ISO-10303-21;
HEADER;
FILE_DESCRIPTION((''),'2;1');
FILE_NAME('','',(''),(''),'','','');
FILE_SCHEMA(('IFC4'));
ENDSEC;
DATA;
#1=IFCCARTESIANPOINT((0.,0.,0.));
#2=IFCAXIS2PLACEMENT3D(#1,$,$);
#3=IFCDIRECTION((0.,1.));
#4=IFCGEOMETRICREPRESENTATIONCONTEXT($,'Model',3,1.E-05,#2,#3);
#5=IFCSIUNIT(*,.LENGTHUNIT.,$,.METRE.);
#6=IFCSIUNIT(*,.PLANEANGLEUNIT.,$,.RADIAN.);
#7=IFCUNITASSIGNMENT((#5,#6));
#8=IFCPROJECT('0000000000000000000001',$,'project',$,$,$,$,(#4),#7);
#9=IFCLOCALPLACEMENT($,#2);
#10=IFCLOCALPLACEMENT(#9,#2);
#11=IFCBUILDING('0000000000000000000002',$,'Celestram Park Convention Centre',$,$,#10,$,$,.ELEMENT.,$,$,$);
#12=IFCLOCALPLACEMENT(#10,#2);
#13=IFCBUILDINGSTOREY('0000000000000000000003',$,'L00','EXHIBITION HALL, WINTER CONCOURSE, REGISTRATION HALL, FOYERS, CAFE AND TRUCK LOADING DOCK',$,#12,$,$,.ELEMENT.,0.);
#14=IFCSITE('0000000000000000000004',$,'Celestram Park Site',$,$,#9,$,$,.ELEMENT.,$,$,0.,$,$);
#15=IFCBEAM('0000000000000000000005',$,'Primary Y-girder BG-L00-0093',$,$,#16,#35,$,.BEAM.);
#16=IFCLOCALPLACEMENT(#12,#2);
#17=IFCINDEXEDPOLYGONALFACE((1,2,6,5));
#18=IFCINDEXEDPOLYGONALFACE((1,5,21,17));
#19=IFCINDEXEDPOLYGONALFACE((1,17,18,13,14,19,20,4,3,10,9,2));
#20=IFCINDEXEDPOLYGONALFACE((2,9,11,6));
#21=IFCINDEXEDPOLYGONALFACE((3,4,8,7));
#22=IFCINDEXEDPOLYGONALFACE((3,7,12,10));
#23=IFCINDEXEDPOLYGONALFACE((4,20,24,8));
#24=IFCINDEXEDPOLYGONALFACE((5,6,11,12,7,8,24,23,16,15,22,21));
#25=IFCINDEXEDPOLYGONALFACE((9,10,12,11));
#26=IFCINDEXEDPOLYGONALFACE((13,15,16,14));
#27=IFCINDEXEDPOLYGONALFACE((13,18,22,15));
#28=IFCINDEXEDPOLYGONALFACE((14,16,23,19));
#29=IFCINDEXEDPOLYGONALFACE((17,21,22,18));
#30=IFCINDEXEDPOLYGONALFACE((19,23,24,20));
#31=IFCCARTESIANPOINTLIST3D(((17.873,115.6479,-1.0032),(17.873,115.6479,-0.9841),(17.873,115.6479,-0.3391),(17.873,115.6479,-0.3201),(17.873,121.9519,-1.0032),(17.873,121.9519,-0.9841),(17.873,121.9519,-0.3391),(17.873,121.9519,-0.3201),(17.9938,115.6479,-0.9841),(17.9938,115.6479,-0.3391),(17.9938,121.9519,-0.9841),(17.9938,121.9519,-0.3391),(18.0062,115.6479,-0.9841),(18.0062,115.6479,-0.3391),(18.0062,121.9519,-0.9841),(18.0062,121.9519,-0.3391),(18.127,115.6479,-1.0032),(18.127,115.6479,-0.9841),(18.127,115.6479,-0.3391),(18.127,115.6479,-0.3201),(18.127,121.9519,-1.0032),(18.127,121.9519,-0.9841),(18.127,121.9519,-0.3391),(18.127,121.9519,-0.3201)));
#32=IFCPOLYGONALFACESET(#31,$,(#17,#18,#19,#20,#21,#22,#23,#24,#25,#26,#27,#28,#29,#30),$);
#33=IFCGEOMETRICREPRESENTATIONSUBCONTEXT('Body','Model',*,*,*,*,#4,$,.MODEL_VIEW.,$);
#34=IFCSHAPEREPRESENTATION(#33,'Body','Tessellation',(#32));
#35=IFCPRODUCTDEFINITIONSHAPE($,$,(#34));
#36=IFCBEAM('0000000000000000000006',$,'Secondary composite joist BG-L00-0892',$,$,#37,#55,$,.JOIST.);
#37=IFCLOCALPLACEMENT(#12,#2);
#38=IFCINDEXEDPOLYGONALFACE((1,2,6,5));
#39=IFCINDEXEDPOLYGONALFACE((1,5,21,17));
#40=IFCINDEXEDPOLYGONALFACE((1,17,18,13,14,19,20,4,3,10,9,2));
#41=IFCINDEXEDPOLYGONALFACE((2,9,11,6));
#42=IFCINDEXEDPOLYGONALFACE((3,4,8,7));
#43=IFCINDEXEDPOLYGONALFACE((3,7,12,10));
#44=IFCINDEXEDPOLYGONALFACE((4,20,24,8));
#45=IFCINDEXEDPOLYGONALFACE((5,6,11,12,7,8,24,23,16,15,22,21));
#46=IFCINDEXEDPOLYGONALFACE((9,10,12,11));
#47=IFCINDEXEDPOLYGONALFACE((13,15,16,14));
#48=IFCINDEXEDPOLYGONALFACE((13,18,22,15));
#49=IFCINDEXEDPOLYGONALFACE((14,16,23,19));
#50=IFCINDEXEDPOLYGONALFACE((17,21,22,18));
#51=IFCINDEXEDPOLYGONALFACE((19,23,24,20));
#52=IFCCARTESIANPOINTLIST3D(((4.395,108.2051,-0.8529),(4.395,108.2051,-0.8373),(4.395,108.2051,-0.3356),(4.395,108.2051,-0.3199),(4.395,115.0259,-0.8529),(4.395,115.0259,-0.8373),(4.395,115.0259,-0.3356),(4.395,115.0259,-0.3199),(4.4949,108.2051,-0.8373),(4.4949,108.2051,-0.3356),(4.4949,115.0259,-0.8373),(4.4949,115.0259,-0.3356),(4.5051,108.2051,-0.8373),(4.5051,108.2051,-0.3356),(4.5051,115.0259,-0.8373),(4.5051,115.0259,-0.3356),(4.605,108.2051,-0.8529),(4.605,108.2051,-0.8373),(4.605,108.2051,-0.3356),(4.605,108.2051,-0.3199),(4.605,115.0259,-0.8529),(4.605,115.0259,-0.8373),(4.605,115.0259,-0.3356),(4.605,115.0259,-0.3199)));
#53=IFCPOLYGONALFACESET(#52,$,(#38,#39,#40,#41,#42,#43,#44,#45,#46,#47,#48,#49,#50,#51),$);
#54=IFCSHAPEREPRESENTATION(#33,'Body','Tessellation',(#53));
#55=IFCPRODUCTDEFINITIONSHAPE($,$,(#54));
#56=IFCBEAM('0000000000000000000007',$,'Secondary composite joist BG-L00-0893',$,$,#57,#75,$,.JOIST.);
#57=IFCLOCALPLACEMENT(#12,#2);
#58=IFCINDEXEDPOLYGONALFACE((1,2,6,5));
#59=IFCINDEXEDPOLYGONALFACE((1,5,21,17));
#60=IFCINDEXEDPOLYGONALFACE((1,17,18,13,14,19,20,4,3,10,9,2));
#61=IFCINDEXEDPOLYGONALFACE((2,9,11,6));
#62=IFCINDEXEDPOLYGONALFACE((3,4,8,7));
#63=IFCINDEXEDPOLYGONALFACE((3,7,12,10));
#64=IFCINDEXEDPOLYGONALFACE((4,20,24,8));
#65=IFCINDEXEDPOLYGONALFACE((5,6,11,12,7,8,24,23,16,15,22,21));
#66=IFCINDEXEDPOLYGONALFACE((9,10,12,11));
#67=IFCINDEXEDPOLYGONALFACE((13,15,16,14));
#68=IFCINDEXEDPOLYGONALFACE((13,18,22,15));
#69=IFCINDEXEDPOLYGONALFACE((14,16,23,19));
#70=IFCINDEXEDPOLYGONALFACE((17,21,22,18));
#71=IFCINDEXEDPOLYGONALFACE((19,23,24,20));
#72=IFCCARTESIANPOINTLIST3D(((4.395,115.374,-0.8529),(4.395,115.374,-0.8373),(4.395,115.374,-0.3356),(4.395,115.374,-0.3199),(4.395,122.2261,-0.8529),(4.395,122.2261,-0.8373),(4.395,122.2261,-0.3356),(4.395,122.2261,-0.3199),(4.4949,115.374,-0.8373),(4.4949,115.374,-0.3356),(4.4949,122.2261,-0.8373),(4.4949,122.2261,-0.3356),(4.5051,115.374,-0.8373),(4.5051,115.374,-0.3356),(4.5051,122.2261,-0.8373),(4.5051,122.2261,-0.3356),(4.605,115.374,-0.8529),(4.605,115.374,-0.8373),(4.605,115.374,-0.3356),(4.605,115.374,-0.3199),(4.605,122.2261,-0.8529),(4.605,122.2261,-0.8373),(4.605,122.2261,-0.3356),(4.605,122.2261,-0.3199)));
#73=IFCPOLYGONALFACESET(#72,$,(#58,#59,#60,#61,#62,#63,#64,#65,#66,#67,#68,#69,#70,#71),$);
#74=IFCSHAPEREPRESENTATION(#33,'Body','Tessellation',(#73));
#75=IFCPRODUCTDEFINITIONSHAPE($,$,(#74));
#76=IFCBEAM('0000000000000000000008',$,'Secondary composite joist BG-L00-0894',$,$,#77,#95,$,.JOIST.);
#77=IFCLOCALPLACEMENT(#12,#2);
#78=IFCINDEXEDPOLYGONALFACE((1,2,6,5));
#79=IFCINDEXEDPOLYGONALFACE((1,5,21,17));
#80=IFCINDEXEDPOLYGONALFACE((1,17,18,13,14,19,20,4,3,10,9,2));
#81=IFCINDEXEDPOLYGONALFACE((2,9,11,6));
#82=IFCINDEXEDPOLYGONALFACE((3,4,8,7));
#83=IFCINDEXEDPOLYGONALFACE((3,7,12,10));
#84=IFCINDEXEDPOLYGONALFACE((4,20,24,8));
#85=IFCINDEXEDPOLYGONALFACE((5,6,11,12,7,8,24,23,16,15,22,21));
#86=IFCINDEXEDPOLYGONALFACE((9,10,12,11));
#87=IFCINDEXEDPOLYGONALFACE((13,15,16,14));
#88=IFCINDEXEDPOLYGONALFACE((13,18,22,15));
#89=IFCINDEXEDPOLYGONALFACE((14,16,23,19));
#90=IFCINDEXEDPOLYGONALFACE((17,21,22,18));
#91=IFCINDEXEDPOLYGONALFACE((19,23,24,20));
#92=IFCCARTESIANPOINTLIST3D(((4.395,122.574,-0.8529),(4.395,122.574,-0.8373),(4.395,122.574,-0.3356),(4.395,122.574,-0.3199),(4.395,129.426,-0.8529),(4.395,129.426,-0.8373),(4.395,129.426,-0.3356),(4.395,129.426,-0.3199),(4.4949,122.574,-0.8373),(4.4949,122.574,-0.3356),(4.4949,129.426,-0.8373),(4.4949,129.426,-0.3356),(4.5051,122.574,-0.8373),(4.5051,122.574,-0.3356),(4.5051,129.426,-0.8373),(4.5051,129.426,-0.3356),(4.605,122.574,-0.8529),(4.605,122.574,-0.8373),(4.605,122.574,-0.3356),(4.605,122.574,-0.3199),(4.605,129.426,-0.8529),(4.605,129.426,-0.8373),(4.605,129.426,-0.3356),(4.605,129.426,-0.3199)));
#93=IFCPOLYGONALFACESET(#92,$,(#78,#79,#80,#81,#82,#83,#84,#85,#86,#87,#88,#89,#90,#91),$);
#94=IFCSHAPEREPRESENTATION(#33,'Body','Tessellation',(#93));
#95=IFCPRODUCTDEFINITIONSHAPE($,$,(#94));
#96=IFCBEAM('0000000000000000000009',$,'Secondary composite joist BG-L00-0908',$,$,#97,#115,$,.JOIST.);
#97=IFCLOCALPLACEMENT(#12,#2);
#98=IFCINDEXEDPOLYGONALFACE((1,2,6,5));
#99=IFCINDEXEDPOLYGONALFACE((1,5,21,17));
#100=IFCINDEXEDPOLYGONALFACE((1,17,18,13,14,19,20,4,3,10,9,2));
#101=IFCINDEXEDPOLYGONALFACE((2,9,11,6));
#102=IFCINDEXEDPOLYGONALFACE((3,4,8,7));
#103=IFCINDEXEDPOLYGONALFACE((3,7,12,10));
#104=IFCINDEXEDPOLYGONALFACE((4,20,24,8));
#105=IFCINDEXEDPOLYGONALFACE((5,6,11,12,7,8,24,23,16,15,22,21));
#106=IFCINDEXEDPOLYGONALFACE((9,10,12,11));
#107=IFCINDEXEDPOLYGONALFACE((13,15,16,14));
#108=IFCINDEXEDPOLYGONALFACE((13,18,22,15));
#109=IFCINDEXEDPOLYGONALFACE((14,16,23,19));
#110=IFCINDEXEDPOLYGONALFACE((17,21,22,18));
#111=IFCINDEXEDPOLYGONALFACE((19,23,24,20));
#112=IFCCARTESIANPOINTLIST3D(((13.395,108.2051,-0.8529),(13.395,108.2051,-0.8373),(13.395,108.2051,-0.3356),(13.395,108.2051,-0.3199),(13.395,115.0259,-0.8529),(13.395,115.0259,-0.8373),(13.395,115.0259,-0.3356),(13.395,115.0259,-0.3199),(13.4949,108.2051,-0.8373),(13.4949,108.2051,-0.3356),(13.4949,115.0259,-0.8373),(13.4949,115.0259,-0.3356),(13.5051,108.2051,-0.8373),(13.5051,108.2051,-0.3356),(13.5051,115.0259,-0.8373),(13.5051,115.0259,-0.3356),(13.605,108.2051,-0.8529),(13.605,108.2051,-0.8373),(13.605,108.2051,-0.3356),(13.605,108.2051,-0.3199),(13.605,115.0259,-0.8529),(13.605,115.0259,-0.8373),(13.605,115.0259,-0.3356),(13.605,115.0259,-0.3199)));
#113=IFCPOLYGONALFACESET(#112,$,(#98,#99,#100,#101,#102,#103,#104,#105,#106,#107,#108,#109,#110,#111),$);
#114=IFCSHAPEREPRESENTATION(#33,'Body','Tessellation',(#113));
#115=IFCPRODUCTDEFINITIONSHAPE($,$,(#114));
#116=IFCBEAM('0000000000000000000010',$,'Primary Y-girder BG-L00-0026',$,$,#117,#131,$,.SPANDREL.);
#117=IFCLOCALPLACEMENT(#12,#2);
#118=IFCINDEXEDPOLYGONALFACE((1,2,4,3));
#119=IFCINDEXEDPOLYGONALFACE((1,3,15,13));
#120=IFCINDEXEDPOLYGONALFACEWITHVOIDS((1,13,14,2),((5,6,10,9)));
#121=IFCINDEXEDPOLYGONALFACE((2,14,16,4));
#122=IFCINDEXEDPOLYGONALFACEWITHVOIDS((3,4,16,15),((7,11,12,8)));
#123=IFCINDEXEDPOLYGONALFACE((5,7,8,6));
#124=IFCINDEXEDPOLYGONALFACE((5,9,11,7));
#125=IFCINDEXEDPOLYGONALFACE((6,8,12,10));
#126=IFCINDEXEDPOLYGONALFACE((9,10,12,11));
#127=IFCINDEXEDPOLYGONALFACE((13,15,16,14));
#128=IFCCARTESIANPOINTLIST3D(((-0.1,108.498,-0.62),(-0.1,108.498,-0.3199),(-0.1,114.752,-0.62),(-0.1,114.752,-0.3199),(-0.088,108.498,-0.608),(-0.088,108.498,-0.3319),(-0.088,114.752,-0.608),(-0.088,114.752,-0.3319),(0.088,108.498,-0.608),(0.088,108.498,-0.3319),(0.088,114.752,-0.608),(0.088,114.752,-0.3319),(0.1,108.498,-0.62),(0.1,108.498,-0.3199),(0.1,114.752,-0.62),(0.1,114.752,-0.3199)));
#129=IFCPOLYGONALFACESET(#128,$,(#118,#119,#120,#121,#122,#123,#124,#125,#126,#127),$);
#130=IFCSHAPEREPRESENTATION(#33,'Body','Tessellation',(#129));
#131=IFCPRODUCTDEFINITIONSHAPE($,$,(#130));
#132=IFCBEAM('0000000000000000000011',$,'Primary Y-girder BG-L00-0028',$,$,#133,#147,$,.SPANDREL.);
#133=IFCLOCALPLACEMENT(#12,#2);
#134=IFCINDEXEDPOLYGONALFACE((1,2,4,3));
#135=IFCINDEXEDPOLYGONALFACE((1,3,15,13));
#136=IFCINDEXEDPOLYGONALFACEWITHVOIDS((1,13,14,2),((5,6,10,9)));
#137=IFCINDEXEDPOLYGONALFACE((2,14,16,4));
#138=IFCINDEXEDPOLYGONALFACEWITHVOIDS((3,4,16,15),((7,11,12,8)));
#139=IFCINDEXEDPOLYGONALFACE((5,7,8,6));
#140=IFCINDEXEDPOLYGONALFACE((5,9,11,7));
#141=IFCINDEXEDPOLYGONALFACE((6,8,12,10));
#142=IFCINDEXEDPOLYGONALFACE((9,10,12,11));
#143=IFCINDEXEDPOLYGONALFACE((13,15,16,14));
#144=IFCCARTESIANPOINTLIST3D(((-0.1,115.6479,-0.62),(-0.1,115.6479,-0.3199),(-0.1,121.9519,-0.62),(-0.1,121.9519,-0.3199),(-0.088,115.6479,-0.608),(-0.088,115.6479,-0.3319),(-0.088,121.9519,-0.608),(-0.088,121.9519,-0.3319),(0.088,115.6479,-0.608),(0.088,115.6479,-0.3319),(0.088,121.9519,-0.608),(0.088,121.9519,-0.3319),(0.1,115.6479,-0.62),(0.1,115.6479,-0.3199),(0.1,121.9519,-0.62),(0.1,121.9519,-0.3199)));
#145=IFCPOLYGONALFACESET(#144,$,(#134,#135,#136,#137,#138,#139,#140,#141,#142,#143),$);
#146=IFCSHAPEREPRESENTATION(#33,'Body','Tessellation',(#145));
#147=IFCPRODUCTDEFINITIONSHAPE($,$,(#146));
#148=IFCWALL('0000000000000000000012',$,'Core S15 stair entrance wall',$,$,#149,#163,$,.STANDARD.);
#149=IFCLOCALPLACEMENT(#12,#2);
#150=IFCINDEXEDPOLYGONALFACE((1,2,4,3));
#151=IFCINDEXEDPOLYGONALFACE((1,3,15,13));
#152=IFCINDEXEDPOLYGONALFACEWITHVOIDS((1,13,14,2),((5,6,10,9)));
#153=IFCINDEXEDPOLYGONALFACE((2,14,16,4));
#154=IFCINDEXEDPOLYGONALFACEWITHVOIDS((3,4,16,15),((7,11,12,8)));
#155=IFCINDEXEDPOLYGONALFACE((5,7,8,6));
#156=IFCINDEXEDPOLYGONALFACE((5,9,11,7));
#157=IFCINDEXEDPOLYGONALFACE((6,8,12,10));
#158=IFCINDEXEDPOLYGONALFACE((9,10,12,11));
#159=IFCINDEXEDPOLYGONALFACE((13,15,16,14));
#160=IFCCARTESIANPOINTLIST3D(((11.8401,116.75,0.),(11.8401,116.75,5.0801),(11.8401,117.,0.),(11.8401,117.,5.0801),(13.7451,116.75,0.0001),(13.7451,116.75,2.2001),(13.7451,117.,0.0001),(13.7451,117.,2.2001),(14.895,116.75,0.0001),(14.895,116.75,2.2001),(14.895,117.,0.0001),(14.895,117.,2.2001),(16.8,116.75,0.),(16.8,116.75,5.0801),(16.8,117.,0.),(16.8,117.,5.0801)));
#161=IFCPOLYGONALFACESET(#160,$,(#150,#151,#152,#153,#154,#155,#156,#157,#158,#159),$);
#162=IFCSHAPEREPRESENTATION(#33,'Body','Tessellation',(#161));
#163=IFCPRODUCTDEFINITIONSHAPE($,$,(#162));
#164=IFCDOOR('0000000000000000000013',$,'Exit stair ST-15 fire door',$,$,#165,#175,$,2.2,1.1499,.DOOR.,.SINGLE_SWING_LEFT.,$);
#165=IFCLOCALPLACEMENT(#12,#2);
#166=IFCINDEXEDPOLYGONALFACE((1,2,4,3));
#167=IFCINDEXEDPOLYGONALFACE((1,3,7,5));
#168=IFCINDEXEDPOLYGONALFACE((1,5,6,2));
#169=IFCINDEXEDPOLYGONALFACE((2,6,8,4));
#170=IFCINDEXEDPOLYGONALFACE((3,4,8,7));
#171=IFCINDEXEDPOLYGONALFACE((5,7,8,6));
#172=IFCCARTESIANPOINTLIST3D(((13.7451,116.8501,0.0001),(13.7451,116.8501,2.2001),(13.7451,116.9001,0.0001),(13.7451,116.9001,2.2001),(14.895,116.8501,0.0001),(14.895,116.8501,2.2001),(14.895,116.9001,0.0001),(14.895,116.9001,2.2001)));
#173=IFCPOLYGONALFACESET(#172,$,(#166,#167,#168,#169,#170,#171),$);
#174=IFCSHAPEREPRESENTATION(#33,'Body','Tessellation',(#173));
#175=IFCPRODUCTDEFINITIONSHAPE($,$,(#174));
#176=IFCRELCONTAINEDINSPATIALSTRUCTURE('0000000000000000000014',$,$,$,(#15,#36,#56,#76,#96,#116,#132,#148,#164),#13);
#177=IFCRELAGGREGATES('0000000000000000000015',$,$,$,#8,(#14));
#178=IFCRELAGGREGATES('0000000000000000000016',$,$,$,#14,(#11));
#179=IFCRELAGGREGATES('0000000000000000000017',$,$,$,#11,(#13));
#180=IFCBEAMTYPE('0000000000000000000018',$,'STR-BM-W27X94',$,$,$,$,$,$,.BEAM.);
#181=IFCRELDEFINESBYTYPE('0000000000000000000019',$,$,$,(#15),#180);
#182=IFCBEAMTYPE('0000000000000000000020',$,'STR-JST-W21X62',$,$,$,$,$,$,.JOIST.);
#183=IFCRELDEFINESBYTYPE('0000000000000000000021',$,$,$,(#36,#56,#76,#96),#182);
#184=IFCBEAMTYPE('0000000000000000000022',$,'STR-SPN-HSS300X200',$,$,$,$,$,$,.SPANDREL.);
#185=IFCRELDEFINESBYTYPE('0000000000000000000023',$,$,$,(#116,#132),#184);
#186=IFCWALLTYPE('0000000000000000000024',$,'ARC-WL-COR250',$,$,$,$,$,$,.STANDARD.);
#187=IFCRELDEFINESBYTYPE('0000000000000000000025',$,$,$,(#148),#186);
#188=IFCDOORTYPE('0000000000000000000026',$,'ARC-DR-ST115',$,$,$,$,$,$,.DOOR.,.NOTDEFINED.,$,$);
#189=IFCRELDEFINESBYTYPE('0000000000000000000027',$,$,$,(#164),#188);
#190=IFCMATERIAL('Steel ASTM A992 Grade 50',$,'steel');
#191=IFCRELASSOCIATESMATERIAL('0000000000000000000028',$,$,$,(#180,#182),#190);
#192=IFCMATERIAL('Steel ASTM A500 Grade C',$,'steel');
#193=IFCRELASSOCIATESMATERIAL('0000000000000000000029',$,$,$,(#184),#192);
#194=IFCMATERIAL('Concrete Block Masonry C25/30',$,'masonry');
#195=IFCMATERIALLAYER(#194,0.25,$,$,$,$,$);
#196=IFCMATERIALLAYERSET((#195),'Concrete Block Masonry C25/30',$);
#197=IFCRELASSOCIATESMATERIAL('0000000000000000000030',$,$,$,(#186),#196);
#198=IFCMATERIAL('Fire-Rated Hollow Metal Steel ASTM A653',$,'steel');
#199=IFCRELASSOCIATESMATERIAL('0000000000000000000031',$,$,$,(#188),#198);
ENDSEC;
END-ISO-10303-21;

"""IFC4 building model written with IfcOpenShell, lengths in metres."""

from ifc_helpers import new_model, si_unit, direction, frame, frame_2d, origin, origin_2d, place, context, subcontext, project, spatial, rectangle, hollow_rectangle, i_section, extrude, material, layer, layer_set, material_profile, profile_set, type_object, element, fill, save


model = new_model("IFC4")

# Units and contexts
model_context = context("Model", 3, precision=1e-05, world=origin(), true_north=direction((0.0, 1.0)))
body_context = subcontext(model_context, "Body", "Model", "MODEL_VIEW")
ifc_project = project(units=[si_unit("LENGTHUNIT", "METRE"), si_unit("PLANEANGLEUNIT", "RADIAN")], contexts=[model_context])

# Site, building, storey
site_placement = place(None, origin())
site = spatial("IfcSite", under=ifc_project, at=site_placement, Name="Celestram Park Site", CompositionType="ELEMENT", RefElevation=0.0)
building_placement = place(site_placement, origin())
building = spatial("IfcBuilding", under=site, at=building_placement, Name="Celestram Park Convention Centre", CompositionType="ELEMENT")
storey_placement = place(building_placement, origin())
storey = spatial("IfcBuildingStorey", under=building, at=storey_placement, Name="L00", Description="EXHIBITION HALL, WINTER CONCOURSE, REGISTRATION HALL, FOYERS, CAFE AND TRUCK LOADING DOCK", CompositionType="ELEMENT", Elevation=0.0)

# Beams
ifc_material_1 = material(Name="Steel ASTM A992 Grade 50", Category="steel")
ifc_material_profile_1 = material_profile(ifc_material_1, i_section(OverallWidth=0.2539, OverallDepth=0.6831, WebThickness=0.0125, FlangeThickness=0.019, at=origin_2d()), Name="W27X94")
ifc_profile_set_1 = profile_set([ifc_material_profile_1], Name="Steel ASTM A992 Grade 50")
beam_type_1 = type_object("IfcBeamType", Name="STR-BM-W27X94", PredefinedType="BEAM", material=ifc_profile_set_1)
beam_1_placement = place(storey_placement, frame((18.0, 115.6479, -0.6616), z_axis=(0.0, 1.0, 0.0), x_axis=(-1.0, 0.0, 0.0)))
element("IfcBeam", 1, at=beam_1_placement, inside=storey, type_object=beam_type_1, Name="Primary Y-girder BG-L00-0093", PredefinedType="BEAM", context=body_context, shape_type="SweptSolid", body=[
    extrude(i_section(OverallWidth=0.2539, OverallDepth=0.6831, WebThickness=0.0125, FlangeThickness=0.019, at=origin_2d()), origin(), (0.0, 0.0, 1.0), 6.304),
])
ifc_material_profile_2 = material_profile(ifc_material_1, i_section(OverallWidth=0.21, OverallDepth=0.533, WebThickness=0.0103, FlangeThickness=0.0156, at=origin_2d()), Name="W21X62")
ifc_profile_set_2 = profile_set([ifc_material_profile_2], Name="Steel ASTM A992 Grade 50")
beam_type_2 = type_object("IfcBeamType", Name="STR-JST-W21X62", PredefinedType="JOIST", material=ifc_profile_set_2)
beam_2_placement = place(storey_placement, frame((4.5, 108.2051, -0.5864), z_axis=(0.0, 1.0, 0.0), x_axis=(-1.0, 0.0, 0.0)))
element("IfcBeam", 2, at=beam_2_placement, inside=storey, type_object=beam_type_2, Name="Secondary composite joist BG-L00-0892", PredefinedType="JOIST", context=body_context, shape_type="SweptSolid", body=[
    extrude(i_section(OverallWidth=0.21, OverallDepth=0.533, WebThickness=0.0103, FlangeThickness=0.0156, at=origin_2d()), origin(), (0.0, 0.0, 1.0), 6.8208),
])
for number, where, z_axis, x_axis, name in (
    (3, (4.5, 115.374, -0.5864), (0.0, 1.0, 0.0), (-1.0, 0.0, 0.0), "Secondary composite joist BG-L00-0893"),
    (4, (4.5, 122.574, -0.5864), (0.0, 1.0, 0.0), (-1.0, 0.0, 0.0), "Secondary composite joist BG-L00-0894"),
):
    element("IfcBeam", number, at=place(storey_placement, frame(where, z_axis=z_axis, x_axis=x_axis)), inside=storey, type_object=beam_type_2, Name=name, PredefinedType="JOIST", context=body_context, shape_type="SweptSolid", body=[
        extrude(i_section(OverallWidth=0.21, OverallDepth=0.533, WebThickness=0.0103, FlangeThickness=0.0156, at=origin_2d()), origin(), (0.0, 0.0, 1.0), 6.8521),
    ])
beam_3_placement = place(storey_placement, frame((13.5, 108.2051, -0.5864), z_axis=(0.0, 1.0, 0.0), x_axis=(-1.0, 0.0, 0.0)))
element("IfcBeam", 5, at=beam_3_placement, inside=storey, type_object=beam_type_2, Name="Secondary composite joist BG-L00-0908", PredefinedType="JOIST", context=body_context, shape_type="SweptSolid", body=[
    extrude(i_section(OverallWidth=0.21, OverallDepth=0.533, WebThickness=0.0103, FlangeThickness=0.0156, at=origin_2d()), origin(), (0.0, 0.0, 1.0), 6.8208),
])
ifc_material_2 = material(Name="Steel ASTM A500 Grade C", Category="steel")
ifc_material_profile_3 = material_profile(ifc_material_2, hollow_rectangle(XDim=0.2, YDim=0.3, WallThickness=0.012, at=origin_2d()), Name="HSS300X200X12")
ifc_profile_set_3 = profile_set([ifc_material_profile_3], Name="Steel ASTM A500 Grade C")
beam_type_3 = type_object("IfcBeamType", Name="STR-SPN-HSS300X200", PredefinedType="SPANDREL", material=ifc_profile_set_3)
beam_4_placement = place(storey_placement, frame((0.0, 108.498, -0.47), z_axis=(0.0, 1.0, 0.0), x_axis=(-1.0, 0.0, 0.0)))
element("IfcBeam", 6, at=beam_4_placement, inside=storey, type_object=beam_type_3, Name="Primary Y-girder BG-L00-0026", PredefinedType="SPANDREL", context=body_context, shape_type="SweptSolid", body=[
    extrude(hollow_rectangle(XDim=0.2, YDim=0.3, WallThickness=0.012, at=origin_2d()), origin(), (0.0, 0.0, 1.0), 6.2539),
])
beam_5_placement = place(storey_placement, frame((0.0, 115.6479, -0.47), z_axis=(0.0, 1.0, 0.0), x_axis=(-1.0, 0.0, 0.0)))
element("IfcBeam", 7, at=beam_5_placement, inside=storey, type_object=beam_type_3, Name="Primary Y-girder BG-L00-0028", PredefinedType="SPANDREL", context=body_context, shape_type="SweptSolid", body=[
    extrude(hollow_rectangle(XDim=0.2, YDim=0.3, WallThickness=0.012, at=origin_2d()), origin(), (0.0, 0.0, 1.0), 6.304),
])

# Wall, opening, door
ifc_material_3 = material(Name="Concrete Block Masonry C25/30", Category="masonry")
ifc_layer_1 = layer(ifc_material_3, 0.25)
ifc_layer_set_1 = layer_set([ifc_layer_1], Name="Concrete Block Masonry C25/30")
wall_type_1 = type_object("IfcWallType", Name="ARC-WL-COR250", PredefinedType="STANDARD", material=ifc_layer_set_1)
wall_1_placement = place(storey_placement, frame((16.8, 116.875, 0.0), z_axis=(0.0, 0.0, 1.0), x_axis=(-1.0, 0.0, 0.0)))
wall_1 = element("IfcWall", 8, at=wall_1_placement, inside=storey, type_object=wall_type_1, Name="Core S15 stair entrance wall", PredefinedType="STANDARD", context=body_context, shape_type="SweptSolid", body=[
    extrude(rectangle(XDim=4.96, YDim=0.25, at=frame_2d((2.48, 0.0))), origin(), (0.0, 0.0, 1.0), 5.0801),
])
opening_1_placement = place(wall_1_placement, frame((1.905, 0.0, 0.0)))
opening_1 = element("IfcOpeningElement", 9, at=opening_1_placement, cuts=wall_1, PredefinedType="OPENING", context=body_context, shape_type="SweptSolid", body=[
    extrude(rectangle(XDim=1.1499, YDim=2.2, at=frame_2d((0.575, 1.1001))), frame((0.0, 0.135, 0.0), z_axis=(0.0, -1.0, 0.0), x_axis=(1.0, 0.0, 0.0)), (0.0, 0.0, 1.0), 0.27),
])
ifc_material_4 = material(Name="Fire-Rated Hollow Metal Steel ASTM A653", Category="steel")
door_type_1 = type_object("IfcDoorType", Name="ARC-DR-ST115", OperationType="NOTDEFINED", PredefinedType="DOOR", material=ifc_material_4)
door_1_placement = place(opening_1_placement, origin())
door_1 = element("IfcDoor", 10, at=door_1_placement, inside=storey, type_object=door_type_1, Name="Exit stair ST-15 fire door", OperationType="SINGLE_SWING_LEFT", OverallHeight=2.2, OverallWidth=1.1499, PredefinedType="DOOR", context=body_context, shape_type="SweptSolid", body=[
    extrude(rectangle(XDim=1.1499, YDim=2.2, at=frame_2d((0.575, 1.1001))), frame((0.0, 0.0249, 0.0), z_axis=(0.0, -1.0, 0.0), x_axis=(1.0, 0.0, 0.0)), (0.0, 0.0, 1.0), 0.05),
])
fill(opening_1, door_1)

save(model, "model.ifc")
